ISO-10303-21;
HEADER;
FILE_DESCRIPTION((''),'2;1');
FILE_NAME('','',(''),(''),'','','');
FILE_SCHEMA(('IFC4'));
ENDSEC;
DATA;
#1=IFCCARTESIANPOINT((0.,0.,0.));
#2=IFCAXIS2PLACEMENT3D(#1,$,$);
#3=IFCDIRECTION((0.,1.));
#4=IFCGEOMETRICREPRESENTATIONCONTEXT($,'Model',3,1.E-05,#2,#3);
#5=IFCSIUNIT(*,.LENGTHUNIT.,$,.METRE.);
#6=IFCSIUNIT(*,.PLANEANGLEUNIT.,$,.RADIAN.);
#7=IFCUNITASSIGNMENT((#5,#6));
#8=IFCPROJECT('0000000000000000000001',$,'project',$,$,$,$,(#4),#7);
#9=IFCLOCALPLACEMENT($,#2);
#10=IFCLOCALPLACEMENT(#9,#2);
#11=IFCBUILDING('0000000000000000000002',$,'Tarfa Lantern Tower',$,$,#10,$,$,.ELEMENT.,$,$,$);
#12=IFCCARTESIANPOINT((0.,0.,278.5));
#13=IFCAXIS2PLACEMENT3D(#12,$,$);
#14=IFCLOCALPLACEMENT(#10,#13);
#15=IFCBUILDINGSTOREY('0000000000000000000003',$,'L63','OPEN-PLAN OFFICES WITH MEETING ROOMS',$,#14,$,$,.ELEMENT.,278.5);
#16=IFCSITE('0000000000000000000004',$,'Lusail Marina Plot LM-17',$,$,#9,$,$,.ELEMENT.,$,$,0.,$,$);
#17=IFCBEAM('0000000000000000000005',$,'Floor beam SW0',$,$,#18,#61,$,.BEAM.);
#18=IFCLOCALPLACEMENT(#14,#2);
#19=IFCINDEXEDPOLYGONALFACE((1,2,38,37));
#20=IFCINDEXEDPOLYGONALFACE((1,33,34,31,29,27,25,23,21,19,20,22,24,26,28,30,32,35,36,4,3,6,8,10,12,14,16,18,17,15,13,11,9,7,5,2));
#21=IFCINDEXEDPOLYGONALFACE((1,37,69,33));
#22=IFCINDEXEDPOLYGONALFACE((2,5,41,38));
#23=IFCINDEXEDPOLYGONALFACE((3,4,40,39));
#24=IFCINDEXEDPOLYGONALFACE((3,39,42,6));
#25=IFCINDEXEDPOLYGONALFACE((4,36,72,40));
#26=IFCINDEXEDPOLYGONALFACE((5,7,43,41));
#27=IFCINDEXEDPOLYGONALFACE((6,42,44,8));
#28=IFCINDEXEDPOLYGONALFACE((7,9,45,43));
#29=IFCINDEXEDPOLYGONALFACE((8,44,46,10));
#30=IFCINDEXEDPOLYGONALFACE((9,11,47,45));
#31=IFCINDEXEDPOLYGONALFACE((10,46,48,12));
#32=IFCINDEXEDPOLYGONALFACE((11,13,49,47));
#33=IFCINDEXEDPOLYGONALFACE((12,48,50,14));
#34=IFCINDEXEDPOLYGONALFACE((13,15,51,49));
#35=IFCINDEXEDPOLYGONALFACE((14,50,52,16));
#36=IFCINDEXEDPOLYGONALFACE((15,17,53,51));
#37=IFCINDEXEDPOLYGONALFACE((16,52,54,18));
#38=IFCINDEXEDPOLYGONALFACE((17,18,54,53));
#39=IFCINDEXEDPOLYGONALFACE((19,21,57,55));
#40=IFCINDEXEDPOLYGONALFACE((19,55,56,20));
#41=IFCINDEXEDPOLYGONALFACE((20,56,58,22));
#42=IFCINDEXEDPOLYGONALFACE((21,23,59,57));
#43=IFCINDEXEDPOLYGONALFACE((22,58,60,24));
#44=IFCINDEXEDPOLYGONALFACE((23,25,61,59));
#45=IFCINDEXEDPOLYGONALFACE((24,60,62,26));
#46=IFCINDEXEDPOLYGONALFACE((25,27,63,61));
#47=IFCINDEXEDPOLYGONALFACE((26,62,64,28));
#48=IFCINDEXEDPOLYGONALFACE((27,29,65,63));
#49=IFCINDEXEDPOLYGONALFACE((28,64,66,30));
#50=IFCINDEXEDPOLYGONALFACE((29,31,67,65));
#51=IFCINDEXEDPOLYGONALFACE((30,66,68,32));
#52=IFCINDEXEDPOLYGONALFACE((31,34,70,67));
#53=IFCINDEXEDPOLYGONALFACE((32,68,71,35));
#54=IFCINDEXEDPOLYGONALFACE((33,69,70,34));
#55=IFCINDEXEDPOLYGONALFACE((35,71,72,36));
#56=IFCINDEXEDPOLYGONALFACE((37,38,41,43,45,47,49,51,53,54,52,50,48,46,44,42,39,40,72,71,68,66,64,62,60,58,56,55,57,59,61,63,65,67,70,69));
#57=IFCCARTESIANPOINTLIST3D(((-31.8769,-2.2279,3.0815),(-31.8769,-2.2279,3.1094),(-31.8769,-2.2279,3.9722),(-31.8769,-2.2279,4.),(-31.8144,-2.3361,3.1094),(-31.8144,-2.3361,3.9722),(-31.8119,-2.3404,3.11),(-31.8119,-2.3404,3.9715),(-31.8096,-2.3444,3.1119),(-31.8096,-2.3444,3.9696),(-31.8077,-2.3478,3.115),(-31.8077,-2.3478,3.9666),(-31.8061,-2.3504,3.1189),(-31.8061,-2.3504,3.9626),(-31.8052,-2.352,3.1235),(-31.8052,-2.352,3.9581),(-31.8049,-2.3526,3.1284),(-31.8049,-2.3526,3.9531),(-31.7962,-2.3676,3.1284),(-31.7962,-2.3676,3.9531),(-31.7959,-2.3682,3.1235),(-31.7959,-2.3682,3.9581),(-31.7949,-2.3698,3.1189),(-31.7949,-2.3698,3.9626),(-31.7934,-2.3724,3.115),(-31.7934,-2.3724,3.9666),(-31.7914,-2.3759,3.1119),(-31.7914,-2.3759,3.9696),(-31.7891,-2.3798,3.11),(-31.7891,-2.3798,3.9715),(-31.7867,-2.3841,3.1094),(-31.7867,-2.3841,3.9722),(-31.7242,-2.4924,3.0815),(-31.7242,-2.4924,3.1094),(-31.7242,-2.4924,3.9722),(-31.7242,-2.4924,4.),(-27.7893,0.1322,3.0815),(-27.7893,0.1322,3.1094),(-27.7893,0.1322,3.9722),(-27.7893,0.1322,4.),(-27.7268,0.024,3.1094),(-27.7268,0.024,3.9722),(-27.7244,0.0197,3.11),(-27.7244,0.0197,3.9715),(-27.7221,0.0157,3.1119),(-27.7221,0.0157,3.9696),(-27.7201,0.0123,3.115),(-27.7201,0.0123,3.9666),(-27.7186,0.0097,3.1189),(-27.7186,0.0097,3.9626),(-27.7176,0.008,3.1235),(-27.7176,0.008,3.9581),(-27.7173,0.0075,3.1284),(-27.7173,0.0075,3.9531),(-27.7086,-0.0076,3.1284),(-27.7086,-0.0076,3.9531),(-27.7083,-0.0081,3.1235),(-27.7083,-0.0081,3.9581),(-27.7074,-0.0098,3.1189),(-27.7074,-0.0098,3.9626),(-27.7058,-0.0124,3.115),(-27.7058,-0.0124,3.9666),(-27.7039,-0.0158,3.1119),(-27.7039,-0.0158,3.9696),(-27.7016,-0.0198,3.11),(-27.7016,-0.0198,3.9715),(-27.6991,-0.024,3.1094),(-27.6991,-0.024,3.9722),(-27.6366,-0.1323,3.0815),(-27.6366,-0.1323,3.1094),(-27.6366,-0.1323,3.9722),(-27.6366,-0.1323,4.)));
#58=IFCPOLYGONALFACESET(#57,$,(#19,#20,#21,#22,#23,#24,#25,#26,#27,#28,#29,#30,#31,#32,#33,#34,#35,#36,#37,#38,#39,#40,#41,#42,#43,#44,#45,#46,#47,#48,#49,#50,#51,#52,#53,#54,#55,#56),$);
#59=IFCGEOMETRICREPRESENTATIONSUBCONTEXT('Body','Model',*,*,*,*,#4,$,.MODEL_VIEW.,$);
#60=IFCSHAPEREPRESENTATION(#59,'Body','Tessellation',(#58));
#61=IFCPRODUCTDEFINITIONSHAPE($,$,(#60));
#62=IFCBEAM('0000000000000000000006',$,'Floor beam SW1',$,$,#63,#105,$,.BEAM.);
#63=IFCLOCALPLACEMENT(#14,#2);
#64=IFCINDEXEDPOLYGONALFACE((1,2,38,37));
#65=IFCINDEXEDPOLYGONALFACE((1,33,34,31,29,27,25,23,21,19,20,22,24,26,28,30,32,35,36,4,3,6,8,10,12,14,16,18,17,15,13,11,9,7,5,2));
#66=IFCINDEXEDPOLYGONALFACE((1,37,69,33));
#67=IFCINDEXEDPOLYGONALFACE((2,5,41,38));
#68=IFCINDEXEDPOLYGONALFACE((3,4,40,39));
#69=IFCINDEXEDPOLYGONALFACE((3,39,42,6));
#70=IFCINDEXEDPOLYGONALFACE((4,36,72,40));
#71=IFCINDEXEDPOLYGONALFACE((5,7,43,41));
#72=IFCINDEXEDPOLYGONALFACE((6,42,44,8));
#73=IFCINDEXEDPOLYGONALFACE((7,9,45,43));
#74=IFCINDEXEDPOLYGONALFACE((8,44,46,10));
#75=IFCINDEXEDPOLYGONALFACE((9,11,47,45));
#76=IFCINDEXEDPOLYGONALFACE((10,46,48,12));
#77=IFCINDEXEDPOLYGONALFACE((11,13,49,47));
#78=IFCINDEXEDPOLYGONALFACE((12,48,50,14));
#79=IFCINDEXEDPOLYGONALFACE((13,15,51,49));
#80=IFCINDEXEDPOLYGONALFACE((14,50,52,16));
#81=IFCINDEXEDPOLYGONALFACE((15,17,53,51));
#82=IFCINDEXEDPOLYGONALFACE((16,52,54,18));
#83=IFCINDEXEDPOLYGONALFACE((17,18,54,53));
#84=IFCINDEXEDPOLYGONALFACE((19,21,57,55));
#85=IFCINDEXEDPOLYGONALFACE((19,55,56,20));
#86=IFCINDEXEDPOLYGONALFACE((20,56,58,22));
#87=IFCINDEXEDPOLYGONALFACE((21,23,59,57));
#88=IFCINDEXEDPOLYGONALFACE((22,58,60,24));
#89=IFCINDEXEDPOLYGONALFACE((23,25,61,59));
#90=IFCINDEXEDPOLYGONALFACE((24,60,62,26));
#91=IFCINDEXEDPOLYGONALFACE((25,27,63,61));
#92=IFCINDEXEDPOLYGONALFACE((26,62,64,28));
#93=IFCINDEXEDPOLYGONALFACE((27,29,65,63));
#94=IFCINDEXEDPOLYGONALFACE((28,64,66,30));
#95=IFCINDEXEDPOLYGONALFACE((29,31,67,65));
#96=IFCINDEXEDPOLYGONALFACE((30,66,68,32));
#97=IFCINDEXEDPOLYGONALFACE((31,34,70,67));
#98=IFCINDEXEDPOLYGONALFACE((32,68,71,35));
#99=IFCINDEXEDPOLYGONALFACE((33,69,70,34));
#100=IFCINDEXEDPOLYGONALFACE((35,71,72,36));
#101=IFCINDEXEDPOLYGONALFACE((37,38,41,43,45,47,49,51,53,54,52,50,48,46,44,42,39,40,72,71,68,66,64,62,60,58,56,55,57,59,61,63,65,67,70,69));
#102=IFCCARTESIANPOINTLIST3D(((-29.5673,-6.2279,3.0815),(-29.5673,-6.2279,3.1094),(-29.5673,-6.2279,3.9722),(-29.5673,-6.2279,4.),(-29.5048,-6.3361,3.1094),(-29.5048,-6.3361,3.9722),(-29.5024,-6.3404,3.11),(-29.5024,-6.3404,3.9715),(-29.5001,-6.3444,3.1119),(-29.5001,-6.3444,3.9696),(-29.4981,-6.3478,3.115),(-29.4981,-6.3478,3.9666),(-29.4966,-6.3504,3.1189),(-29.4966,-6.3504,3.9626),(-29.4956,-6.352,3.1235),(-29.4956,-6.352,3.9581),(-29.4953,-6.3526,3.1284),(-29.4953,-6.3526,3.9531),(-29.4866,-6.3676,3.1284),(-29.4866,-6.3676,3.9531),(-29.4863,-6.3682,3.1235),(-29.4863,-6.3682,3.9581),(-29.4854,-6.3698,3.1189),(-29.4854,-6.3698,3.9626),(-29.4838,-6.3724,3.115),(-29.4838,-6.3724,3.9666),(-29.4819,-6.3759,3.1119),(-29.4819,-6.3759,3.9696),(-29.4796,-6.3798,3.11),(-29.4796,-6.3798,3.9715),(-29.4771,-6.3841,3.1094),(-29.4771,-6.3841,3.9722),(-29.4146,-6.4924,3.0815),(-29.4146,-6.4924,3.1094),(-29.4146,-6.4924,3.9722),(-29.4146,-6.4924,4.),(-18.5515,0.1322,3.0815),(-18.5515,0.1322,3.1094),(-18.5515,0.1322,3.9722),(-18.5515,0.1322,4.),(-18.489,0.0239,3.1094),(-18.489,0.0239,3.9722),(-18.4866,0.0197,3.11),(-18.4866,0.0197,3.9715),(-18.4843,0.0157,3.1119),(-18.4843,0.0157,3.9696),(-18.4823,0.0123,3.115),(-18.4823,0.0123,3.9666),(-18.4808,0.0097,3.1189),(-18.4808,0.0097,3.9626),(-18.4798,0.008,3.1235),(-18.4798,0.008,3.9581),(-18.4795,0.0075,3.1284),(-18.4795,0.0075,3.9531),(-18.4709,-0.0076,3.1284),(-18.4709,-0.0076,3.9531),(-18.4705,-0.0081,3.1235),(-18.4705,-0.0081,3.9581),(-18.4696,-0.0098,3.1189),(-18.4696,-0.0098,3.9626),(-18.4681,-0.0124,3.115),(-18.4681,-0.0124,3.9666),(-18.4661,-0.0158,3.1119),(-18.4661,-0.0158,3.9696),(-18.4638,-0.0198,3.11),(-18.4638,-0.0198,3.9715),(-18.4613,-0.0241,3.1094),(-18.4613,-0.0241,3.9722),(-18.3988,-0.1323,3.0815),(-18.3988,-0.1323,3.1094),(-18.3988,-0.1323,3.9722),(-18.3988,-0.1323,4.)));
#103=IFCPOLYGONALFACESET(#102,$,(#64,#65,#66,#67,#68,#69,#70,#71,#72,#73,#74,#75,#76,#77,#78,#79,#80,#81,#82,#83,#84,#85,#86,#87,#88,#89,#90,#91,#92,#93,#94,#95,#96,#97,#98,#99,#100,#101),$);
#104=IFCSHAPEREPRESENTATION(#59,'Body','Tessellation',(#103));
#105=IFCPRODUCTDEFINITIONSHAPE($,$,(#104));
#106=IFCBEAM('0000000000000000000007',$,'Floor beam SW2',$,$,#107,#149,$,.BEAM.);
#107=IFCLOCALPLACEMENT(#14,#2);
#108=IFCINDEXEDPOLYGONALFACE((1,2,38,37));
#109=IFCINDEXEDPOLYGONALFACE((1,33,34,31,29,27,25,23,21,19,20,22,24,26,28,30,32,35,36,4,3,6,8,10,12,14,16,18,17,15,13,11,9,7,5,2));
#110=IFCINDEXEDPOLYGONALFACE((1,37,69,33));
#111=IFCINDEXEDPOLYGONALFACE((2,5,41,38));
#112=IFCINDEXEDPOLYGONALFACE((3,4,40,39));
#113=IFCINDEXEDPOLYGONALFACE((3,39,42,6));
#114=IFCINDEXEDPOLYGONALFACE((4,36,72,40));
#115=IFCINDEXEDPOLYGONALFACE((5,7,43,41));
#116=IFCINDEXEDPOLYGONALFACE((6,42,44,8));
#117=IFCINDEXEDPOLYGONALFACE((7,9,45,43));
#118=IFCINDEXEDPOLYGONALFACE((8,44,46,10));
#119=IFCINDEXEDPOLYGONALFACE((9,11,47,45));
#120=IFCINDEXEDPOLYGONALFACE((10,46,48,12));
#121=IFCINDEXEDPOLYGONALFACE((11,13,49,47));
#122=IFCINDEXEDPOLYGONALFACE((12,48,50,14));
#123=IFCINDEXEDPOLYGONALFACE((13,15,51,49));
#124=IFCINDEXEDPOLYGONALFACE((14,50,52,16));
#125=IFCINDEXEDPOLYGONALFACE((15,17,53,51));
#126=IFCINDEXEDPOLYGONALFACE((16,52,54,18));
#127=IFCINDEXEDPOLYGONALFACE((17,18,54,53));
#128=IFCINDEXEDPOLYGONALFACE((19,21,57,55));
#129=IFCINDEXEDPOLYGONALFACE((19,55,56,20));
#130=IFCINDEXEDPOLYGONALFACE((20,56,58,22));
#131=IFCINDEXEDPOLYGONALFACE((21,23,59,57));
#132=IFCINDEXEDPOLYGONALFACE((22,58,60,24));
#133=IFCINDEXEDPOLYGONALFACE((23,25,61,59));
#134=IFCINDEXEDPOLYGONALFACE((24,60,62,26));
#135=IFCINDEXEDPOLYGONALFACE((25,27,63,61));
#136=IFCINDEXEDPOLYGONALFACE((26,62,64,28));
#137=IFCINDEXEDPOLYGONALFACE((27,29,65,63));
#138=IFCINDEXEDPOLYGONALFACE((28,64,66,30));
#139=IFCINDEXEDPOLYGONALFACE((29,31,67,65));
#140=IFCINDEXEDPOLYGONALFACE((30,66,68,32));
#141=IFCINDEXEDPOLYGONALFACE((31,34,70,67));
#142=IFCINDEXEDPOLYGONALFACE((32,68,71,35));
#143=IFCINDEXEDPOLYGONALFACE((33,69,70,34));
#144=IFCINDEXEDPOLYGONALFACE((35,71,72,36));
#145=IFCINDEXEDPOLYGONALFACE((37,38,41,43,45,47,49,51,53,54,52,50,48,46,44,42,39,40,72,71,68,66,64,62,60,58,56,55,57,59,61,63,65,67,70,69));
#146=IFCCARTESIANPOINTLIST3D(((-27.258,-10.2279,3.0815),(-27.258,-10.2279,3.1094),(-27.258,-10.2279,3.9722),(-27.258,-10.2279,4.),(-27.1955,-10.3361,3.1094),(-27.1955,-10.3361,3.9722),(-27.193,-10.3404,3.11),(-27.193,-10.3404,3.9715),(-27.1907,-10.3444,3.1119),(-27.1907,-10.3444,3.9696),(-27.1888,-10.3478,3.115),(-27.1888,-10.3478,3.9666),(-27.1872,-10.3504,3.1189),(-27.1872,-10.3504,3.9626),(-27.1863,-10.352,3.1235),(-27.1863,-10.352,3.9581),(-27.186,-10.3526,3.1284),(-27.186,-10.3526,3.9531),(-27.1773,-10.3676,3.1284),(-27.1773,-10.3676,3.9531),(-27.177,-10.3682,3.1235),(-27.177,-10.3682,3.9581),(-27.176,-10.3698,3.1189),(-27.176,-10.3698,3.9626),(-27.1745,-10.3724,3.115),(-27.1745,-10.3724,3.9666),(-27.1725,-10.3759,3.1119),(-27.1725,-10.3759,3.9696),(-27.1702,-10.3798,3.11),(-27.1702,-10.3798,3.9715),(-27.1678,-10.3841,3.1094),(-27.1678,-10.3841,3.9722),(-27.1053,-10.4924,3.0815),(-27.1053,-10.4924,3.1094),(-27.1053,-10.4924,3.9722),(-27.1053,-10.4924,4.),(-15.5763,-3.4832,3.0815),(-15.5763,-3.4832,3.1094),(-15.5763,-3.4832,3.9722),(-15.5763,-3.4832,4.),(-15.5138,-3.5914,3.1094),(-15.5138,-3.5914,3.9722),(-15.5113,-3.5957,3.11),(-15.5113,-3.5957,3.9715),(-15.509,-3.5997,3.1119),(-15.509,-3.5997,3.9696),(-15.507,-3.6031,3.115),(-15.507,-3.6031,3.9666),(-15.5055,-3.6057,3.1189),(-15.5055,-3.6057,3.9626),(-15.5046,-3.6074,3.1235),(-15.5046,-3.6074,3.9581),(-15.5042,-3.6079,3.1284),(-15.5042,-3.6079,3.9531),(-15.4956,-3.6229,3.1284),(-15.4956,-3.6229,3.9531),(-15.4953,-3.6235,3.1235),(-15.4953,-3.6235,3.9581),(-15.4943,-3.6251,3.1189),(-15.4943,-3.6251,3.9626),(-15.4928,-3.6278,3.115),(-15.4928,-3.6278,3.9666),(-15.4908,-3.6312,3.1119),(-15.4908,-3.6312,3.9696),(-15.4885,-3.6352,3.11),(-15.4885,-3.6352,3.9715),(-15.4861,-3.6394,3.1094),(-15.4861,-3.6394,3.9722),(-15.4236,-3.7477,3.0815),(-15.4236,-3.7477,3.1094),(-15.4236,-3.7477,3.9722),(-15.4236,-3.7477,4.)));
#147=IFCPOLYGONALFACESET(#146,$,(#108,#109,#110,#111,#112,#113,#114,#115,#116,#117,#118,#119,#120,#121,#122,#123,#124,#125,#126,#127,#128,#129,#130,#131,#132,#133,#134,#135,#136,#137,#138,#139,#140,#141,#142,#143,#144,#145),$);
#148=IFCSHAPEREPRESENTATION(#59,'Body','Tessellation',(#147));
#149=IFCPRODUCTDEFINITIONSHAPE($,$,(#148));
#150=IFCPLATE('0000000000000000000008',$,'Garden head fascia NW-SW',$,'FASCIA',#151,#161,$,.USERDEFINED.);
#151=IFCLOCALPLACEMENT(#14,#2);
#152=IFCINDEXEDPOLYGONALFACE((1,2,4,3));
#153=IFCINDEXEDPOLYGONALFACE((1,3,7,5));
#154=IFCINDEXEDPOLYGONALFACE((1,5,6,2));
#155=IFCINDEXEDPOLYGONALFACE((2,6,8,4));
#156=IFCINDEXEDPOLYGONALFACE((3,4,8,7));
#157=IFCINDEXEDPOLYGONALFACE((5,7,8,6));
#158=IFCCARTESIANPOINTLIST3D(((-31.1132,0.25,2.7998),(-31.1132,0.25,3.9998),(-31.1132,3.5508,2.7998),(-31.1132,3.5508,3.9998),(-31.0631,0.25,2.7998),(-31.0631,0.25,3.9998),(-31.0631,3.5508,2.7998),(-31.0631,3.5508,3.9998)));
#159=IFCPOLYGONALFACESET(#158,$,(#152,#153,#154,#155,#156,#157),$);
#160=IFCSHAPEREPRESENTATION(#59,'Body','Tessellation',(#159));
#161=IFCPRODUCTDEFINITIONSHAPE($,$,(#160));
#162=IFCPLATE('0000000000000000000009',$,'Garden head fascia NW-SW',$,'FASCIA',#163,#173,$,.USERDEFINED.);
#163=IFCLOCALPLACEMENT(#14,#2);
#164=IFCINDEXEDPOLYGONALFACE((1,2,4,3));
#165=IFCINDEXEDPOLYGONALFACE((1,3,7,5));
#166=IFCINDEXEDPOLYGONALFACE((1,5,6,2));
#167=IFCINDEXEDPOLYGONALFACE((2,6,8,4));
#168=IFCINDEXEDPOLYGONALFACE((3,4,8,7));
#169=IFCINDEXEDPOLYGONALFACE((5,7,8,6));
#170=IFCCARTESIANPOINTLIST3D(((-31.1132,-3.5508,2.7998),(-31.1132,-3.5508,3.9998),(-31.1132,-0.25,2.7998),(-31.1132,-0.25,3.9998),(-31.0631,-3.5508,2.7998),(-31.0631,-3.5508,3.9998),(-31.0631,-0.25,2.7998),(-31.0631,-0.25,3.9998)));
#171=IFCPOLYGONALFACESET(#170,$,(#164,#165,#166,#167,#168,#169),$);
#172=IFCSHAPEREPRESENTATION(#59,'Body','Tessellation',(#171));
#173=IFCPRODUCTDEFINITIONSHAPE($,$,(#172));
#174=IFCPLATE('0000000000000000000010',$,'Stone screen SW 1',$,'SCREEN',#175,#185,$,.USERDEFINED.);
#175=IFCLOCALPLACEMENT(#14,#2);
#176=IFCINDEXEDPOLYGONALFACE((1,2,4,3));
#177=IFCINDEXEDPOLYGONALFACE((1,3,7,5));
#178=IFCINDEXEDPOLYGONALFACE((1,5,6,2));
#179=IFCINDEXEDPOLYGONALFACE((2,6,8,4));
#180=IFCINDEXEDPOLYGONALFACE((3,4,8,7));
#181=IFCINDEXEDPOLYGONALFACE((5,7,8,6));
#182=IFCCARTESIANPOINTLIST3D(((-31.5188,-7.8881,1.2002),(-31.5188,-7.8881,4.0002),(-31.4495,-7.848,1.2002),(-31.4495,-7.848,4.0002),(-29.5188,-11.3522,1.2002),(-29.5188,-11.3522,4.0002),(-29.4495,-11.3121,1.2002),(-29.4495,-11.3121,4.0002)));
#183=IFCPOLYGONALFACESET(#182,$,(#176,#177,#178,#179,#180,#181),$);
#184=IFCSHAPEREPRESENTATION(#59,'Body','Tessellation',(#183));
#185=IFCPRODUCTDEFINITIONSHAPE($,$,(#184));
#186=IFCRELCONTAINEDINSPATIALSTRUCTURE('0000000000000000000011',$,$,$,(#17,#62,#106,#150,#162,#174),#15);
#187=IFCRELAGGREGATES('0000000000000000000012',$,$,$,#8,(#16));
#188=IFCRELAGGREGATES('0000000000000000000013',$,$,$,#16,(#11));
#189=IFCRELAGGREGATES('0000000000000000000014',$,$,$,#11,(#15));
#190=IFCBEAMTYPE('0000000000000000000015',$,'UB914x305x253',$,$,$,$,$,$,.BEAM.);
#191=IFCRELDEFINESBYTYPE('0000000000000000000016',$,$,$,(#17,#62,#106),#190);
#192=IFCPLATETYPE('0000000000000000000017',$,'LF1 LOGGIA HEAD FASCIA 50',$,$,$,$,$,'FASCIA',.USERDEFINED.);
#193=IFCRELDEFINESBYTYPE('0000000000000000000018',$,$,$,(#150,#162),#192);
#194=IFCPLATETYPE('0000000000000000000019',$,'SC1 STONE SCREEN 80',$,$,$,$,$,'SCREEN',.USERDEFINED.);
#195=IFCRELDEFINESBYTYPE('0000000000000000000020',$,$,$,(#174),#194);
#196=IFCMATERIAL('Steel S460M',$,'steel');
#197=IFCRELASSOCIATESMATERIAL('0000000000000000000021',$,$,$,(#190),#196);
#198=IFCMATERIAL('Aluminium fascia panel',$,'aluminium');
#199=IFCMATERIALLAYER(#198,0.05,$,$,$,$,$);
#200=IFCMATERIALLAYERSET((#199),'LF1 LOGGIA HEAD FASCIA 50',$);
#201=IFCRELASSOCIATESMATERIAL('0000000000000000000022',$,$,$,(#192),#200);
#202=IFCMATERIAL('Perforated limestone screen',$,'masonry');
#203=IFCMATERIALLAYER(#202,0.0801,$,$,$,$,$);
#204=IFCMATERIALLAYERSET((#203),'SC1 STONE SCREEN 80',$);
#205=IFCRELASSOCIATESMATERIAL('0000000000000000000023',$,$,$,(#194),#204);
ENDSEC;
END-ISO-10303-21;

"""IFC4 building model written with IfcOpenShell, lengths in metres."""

from ifc_helpers import new_model, si_unit, direction, frame, origin, origin_2d, place, context, subcontext, project, spatial, rectangle, i_section, extrude, material, layer, layer_set, material_profile, profile_set, type_object, element, save


model = new_model("IFC4")

# Units and contexts
model_context = context("Model", 3, precision=1e-05, world=origin(), true_north=direction((0.0, 1.0)))
body_context = subcontext(model_context, "Body", "Model", "MODEL_VIEW")
ifc_project = project(units=[si_unit("LENGTHUNIT", "METRE"), si_unit("PLANEANGLEUNIT", "RADIAN")], contexts=[model_context])

# Site, building, storey
site_placement = place(None, origin())
site = spatial("IfcSite", under=ifc_project, at=site_placement, Name="Lusail Marina Plot LM-17", CompositionType="ELEMENT", RefElevation=0.0)
building_placement = place(site_placement, origin())
building = spatial("IfcBuilding", under=site, at=building_placement, Name="Tarfa Lantern Tower", CompositionType="ELEMENT")
storey_placement = place(building_placement, frame((0.0, 0.0, 278.5)))
storey = spatial("IfcBuildingStorey", under=building, at=storey_placement, Name="L63", Description="OPEN-PLAN OFFICES WITH MEETING ROOMS", CompositionType="ELEMENT", Elevation=278.5)

# Beams
ifc_material_1 = material(Name="Steel S460M", Category="steel")
ifc_material_profile_1 = material_profile(ifc_material_1, i_section(OverallWidth=0.3054, OverallDepth=0.9185, WebThickness=0.0173, FlangeThickness=0.0278, FilletRadius=0.019, at=origin_2d()), Name="UB914x305x253")
ifc_profile_set_1 = profile_set([ifc_material_profile_1], Name="Steel S460M")
beam_type_1 = type_object("IfcBeamType", Name="UB914x305x253", PredefinedType="BEAM", material=ifc_profile_set_1)
beam_1_placement = place(storey_placement, frame((-31.8005, -2.3601, 3.5408), z_axis=(0.866016, 0.500016, 0.0), x_axis=(-0.500016, 0.866016, 0.0)))
element("IfcBeam", 1, at=beam_1_placement, inside=storey, type_object=beam_type_1, Name="Floor beam SW0", PredefinedType="BEAM", context=body_context, shape_type="SweptSolid", body=[
    extrude(i_section(OverallWidth=0.3054, OverallDepth=0.9185, WebThickness=0.0173, FlangeThickness=0.0278, FilletRadius=0.019, at=origin_2d()), origin(), (0.0, 0.0, 1.0), 4.72),
])
beam_2_placement = place(storey_placement, frame((-29.491, -6.3601, 3.5408), z_axis=(0.866022, 0.500005, 0.0), x_axis=(-0.500005, 0.866022, 0.0)))
element("IfcBeam", 2, at=beam_2_placement, inside=storey, type_object=beam_type_1, Name="Floor beam SW1", PredefinedType="BEAM", context=body_context, shape_type="SweptSolid", body=[
    extrude(i_section(OverallWidth=0.3054, OverallDepth=0.9185, WebThickness=0.0173, FlangeThickness=0.0278, FilletRadius=0.019, at=origin_2d()), origin(), (0.0, 0.0, 1.0), 12.72),
])
beam_3_placement = place(storey_placement, frame((-27.1816, -10.3601, 3.5408), z_axis=(0.866018, 0.500013, 0.0), x_axis=(-0.500013, 0.866018, 0.0)))
element("IfcBeam", 3, at=beam_3_placement, inside=storey, type_object=beam_type_1, Name="Floor beam SW2", PredefinedType="BEAM", context=body_context, shape_type="SweptSolid", body=[
    extrude(i_section(OverallWidth=0.3054, OverallDepth=0.9185, WebThickness=0.0173, FlangeThickness=0.0278, FilletRadius=0.019, at=origin_2d()), origin(), (0.0, 0.0, 1.0), 13.489),
])

# Plates
ifc_material_2 = material(Name="Aluminium fascia panel", Category="aluminium")
ifc_layer_1 = layer(ifc_material_2, 0.05)
ifc_layer_set_1 = layer_set([ifc_layer_1], Name="LF1 LOGGIA HEAD FASCIA 50")
plate_type_1 = type_object("IfcPlateType", Name="LF1 LOGGIA HEAD FASCIA 50", ElementType="FASCIA", PredefinedType="USERDEFINED", material=ifc_layer_set_1)
for number, where, z_axis, x_axis, name in (
    (4, (-31.0881, 1.9004, 2.7998), (0.0, 0.0, 1.0), (0.0, -1.0, 0.0), "Garden head fascia NW-SW"),
    (5, (-31.0881, -1.9004, 2.7998), (0.0, 0.0, 1.0), (0.0, -1.0, 0.0), "Garden head fascia NW-SW"),
):
    element("IfcPlate", number, at=place(storey_placement, frame(where, z_axis=z_axis, x_axis=x_axis)), inside=storey, type_object=plate_type_1, Name=name, ObjectType="FASCIA", PredefinedType="USERDEFINED", context=body_context, shape_type="SweptSolid", body=[
        extrude(rectangle(XDim=3.3008, YDim=0.05, at=origin_2d()), origin(), (0.0, 0.0, 1.0), 1.2),
    ])
ifc_material_3 = material(Name="Perforated limestone screen", Category="masonry")
ifc_layer_2 = layer(ifc_material_3, 0.0801)
ifc_layer_set_2 = layer_set([ifc_layer_2], Name="SC1 STONE SCREEN 80")
plate_type_2 = type_object("IfcPlateType", Name="SC1 STONE SCREEN 80", ElementType="SCREEN", PredefinedType="USERDEFINED", material=ifc_layer_set_2)
plate_placement = place(storey_placement, frame((-30.4841, -9.6001, 1.2002), z_axis=(0.0, 0.0, 1.0), x_axis=(0.5, -0.866025, 0.0)))
element("IfcPlate", 6, at=plate_placement, inside=storey, type_object=plate_type_2, Name="Stone screen SW 1", ObjectType="SCREEN", PredefinedType="USERDEFINED", context=body_context, shape_type="SweptSolid", body=[
    extrude(rectangle(XDim=4.0, YDim=0.0801, at=origin_2d()), origin(), (0.0, 0.0, 1.0), 2.8),
])

save(model, "model.ifc")
